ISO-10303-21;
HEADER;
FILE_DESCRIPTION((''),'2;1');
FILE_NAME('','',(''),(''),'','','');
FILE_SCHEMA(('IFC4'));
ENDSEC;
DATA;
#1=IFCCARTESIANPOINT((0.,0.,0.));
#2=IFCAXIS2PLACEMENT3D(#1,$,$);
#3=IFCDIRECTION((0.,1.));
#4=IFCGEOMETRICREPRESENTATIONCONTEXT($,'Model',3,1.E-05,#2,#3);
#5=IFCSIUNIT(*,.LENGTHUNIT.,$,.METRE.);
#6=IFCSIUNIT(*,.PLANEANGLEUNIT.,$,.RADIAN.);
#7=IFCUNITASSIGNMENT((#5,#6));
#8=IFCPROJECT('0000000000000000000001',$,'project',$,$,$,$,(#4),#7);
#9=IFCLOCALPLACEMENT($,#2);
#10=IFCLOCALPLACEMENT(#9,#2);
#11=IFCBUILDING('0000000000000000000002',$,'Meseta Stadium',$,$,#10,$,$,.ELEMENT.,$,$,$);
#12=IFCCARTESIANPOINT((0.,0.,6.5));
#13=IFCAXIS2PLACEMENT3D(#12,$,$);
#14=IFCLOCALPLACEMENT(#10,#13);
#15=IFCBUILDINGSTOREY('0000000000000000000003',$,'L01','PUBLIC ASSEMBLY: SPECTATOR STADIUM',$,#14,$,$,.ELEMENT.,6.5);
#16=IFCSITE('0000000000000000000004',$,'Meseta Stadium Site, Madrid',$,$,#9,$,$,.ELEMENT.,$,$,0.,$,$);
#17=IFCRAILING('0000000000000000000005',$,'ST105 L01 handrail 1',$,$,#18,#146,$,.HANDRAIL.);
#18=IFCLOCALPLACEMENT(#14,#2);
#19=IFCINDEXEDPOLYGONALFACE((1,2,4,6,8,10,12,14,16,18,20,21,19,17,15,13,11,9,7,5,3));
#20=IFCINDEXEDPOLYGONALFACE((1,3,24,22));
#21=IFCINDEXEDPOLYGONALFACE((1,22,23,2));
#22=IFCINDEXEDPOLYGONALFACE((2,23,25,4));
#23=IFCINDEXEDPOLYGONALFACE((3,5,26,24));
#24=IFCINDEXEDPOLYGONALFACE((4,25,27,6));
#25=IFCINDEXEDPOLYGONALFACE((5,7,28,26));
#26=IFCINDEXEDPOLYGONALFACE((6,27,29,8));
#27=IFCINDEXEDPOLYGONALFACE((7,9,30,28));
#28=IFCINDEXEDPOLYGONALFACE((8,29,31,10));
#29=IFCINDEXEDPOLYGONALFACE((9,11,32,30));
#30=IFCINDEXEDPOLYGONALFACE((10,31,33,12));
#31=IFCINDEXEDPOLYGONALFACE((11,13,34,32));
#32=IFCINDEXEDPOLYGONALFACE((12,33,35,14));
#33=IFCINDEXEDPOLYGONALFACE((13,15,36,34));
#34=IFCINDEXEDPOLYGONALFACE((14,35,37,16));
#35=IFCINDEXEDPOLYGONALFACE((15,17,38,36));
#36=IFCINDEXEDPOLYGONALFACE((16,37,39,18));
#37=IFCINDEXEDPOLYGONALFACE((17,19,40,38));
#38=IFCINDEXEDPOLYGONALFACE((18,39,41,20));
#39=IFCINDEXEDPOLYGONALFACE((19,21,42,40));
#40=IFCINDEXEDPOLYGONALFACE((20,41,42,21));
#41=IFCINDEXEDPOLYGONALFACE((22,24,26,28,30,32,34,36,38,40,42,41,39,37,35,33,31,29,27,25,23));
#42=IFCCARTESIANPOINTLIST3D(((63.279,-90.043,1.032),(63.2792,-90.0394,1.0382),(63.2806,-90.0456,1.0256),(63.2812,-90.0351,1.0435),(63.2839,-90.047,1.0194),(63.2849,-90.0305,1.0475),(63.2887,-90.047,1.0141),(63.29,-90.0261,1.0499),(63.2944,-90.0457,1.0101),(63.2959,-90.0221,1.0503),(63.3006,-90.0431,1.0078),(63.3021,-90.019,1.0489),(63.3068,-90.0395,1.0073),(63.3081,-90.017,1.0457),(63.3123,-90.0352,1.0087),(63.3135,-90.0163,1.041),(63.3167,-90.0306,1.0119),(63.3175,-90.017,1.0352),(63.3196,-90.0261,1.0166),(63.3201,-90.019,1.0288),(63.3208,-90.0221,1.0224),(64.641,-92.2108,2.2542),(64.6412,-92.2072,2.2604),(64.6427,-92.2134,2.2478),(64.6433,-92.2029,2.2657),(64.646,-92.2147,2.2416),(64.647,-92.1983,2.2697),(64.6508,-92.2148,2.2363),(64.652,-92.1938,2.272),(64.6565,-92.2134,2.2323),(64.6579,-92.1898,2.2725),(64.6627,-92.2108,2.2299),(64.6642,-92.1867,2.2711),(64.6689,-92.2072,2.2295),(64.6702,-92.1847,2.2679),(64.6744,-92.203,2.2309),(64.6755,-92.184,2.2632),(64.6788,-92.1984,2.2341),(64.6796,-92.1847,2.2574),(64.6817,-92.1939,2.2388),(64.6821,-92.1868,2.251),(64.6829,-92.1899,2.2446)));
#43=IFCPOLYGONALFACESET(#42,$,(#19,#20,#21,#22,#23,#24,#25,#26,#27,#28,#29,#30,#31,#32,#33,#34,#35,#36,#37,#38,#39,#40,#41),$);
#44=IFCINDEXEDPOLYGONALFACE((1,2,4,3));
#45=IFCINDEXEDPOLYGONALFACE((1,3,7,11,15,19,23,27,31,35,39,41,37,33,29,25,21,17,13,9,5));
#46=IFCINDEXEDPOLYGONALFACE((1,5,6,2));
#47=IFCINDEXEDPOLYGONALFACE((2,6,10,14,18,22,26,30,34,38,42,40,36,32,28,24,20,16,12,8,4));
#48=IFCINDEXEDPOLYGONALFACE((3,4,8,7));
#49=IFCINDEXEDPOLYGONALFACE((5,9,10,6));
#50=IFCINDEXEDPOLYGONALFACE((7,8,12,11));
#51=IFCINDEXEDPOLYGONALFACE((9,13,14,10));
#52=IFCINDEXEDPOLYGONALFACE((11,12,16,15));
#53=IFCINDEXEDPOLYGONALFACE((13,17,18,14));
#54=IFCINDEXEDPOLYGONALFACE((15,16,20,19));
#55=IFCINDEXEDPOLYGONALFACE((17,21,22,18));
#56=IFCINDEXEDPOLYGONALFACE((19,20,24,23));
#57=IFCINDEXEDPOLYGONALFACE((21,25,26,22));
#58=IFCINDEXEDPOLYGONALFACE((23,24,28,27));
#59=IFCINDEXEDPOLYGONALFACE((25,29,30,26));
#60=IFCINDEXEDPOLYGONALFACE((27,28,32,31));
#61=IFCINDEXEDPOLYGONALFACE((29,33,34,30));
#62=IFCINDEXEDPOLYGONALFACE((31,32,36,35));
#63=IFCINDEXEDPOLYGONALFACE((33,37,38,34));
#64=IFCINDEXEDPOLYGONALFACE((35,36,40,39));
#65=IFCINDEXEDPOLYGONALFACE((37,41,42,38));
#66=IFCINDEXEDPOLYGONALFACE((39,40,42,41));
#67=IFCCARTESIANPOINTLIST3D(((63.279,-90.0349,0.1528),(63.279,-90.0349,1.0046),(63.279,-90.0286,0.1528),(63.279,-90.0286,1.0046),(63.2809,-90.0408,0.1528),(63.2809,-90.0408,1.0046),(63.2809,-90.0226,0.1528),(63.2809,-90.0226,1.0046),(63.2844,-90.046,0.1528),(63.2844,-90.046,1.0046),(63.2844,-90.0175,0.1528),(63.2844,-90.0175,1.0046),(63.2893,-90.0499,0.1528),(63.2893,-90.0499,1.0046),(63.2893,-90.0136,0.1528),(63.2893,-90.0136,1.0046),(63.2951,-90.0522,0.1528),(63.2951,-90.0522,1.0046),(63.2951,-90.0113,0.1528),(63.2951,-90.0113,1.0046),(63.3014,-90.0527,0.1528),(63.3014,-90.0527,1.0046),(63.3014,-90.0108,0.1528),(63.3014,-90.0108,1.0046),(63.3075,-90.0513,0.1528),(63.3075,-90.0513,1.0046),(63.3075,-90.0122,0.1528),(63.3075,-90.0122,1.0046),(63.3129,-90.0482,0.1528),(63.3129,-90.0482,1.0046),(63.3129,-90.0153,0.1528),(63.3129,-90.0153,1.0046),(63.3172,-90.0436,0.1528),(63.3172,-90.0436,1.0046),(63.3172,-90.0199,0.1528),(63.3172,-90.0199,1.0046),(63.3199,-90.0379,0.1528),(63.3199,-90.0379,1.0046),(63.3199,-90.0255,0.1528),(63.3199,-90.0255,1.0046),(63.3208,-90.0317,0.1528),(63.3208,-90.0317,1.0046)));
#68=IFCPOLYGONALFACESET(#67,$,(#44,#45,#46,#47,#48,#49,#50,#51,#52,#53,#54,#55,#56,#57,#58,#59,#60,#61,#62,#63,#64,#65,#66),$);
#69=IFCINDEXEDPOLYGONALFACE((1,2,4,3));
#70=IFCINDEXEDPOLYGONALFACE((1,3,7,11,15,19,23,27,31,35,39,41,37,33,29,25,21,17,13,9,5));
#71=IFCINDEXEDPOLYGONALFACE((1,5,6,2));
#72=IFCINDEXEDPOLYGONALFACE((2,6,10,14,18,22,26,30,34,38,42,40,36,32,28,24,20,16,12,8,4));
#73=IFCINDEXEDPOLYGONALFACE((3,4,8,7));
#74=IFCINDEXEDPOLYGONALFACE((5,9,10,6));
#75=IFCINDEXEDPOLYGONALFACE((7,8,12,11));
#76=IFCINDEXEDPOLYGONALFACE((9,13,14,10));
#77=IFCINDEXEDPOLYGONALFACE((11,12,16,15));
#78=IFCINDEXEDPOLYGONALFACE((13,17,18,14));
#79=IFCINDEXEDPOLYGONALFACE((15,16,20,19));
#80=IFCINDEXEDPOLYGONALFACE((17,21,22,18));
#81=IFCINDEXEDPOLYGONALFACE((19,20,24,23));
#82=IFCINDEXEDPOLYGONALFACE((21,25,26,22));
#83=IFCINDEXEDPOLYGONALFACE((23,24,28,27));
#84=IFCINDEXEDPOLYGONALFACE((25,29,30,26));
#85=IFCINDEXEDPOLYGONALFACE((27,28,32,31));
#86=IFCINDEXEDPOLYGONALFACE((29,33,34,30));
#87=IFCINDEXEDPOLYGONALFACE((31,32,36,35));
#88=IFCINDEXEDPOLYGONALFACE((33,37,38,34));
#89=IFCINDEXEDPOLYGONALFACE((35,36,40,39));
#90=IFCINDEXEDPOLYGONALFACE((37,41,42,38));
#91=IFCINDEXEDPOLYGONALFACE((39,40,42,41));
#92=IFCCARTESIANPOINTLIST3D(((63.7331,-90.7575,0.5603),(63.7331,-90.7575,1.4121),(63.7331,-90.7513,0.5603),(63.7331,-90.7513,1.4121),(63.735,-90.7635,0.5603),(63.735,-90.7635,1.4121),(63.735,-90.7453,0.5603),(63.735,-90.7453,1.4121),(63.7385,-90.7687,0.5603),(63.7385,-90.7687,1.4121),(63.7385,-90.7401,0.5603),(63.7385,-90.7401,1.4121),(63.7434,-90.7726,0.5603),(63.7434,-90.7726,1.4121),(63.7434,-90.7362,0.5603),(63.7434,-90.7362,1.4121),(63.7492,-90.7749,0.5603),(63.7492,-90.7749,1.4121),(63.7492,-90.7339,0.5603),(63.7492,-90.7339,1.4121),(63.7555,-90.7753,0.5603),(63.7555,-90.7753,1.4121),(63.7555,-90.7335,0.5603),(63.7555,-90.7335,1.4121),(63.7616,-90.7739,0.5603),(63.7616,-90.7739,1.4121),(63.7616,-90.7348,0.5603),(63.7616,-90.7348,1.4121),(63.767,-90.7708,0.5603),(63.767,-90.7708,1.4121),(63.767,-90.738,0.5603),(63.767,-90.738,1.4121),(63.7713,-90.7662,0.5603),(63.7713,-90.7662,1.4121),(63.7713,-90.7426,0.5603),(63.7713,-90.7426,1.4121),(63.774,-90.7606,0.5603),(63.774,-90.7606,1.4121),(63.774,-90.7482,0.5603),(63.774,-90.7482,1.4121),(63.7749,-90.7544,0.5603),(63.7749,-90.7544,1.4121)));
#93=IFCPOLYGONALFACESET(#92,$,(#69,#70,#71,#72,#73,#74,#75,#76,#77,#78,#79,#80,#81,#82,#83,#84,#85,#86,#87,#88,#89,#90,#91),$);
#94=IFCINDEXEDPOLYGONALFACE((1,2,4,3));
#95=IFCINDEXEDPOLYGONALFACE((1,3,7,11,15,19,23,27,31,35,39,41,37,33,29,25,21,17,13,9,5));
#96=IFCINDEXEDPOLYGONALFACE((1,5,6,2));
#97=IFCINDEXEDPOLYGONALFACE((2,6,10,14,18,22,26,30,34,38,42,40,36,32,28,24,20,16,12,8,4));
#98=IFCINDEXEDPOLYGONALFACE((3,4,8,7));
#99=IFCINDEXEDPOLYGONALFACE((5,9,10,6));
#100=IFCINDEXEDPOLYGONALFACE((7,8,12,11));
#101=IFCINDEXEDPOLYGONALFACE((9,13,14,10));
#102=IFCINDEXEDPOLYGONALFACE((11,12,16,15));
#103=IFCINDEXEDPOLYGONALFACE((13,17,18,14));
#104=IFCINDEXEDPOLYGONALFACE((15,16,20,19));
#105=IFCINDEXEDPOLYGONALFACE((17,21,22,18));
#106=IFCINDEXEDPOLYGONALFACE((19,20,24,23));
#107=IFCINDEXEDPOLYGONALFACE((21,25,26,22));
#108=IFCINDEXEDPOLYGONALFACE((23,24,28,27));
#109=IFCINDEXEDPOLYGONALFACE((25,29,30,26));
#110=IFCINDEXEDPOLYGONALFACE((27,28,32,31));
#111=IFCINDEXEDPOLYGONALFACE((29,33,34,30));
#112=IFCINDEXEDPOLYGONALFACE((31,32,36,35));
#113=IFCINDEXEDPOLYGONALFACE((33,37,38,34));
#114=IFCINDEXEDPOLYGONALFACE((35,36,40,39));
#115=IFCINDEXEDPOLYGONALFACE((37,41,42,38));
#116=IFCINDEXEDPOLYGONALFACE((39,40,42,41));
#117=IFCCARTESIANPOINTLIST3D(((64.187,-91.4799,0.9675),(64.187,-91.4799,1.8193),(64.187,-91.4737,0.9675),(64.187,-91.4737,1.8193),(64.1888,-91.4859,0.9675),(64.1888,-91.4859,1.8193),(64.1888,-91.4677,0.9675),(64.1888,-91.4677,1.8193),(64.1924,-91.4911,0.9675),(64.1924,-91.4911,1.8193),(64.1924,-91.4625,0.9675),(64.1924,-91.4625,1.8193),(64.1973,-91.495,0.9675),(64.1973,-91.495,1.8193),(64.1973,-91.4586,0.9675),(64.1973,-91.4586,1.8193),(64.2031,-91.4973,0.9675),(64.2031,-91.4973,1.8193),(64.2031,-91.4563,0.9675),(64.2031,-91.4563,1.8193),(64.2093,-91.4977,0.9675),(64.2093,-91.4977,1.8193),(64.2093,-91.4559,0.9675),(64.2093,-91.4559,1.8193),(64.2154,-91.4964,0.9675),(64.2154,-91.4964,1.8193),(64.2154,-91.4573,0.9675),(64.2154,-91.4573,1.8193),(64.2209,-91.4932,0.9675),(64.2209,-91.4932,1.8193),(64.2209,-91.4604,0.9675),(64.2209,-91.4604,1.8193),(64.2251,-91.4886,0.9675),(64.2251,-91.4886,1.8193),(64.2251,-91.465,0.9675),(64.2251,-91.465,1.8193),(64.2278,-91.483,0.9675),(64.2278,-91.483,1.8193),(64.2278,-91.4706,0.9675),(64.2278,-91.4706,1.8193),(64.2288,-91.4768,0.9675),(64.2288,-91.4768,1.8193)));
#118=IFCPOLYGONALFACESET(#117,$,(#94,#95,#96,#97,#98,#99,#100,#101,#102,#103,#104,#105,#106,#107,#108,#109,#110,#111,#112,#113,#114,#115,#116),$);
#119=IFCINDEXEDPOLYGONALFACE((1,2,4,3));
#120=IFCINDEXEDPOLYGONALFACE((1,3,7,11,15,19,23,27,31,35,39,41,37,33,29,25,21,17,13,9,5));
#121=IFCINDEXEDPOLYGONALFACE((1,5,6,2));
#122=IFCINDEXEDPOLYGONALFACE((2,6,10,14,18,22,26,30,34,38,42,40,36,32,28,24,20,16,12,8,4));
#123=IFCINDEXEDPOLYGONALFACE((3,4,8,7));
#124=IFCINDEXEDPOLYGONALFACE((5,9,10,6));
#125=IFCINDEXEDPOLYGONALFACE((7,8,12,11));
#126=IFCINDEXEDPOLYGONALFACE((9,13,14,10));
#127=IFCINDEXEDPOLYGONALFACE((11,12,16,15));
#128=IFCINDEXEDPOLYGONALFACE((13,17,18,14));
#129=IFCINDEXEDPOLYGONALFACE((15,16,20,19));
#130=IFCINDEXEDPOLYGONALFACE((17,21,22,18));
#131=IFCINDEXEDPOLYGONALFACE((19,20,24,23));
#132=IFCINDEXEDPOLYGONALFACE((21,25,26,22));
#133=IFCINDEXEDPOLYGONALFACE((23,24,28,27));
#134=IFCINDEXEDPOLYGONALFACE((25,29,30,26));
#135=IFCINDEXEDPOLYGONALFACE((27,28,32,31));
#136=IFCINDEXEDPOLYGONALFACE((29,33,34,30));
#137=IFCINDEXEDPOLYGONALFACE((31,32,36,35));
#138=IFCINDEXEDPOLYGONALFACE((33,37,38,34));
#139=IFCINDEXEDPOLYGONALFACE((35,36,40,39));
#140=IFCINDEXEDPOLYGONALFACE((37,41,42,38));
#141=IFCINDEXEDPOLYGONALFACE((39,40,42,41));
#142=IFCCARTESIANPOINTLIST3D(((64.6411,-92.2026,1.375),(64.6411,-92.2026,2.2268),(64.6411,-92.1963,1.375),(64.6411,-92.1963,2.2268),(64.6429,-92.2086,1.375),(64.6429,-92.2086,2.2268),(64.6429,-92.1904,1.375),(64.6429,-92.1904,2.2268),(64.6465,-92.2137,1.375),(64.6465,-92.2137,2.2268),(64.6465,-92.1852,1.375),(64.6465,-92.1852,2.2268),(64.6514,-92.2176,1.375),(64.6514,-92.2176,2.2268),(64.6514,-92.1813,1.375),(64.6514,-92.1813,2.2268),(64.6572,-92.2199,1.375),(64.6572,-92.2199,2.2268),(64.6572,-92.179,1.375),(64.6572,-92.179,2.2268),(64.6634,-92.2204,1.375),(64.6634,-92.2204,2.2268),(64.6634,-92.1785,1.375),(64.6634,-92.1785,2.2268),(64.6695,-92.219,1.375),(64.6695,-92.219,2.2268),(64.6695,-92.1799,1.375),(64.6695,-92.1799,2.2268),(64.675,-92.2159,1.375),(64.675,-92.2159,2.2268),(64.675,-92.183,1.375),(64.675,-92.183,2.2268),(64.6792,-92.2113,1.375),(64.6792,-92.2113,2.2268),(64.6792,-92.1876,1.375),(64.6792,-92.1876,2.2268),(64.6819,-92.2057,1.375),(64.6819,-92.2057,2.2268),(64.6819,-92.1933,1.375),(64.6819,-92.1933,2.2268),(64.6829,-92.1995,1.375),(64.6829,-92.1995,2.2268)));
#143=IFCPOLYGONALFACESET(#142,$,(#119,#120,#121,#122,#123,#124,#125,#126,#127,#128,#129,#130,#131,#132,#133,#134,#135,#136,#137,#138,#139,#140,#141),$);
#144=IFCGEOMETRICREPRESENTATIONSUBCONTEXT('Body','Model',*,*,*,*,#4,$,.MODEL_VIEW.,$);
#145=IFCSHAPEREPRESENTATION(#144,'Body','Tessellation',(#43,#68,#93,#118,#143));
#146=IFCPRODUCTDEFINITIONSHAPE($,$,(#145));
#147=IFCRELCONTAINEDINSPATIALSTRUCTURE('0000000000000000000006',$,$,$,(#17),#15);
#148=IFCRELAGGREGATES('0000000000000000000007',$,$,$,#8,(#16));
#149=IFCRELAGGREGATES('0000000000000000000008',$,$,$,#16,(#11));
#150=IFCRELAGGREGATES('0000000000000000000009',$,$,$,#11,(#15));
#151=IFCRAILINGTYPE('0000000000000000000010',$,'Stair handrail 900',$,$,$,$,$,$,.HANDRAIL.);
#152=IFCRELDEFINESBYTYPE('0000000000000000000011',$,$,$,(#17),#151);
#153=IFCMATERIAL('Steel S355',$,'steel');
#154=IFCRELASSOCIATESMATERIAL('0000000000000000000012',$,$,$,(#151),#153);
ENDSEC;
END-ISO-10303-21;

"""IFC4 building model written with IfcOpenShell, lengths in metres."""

from ifc_helpers import new_model, si_unit, direction, frame, origin, origin_2d, place, context, subcontext, project, spatial, circle, extrude, material, type_object, element, save


model = new_model("IFC4")

# Units and contexts
model_context = context("Model", 3, precision=1e-05, world=origin(), true_north=direction((0.0, 1.0)))
body_context = subcontext(model_context, "Body", "Model", "MODEL_VIEW")
ifc_project = project(units=[si_unit("LENGTHUNIT", "METRE"), si_unit("PLANEANGLEUNIT", "RADIAN")], contexts=[model_context])

# Site, building, storey
site_placement = place(None, origin())
site = spatial("IfcSite", under=ifc_project, at=site_placement, Name="Meseta Stadium Site, Madrid", CompositionType="ELEMENT", RefElevation=0.0)
building_placement = place(site_placement, origin())
building = spatial("IfcBuilding", under=site, at=building_placement, Name="Meseta Stadium", CompositionType="ELEMENT")
storey_placement = place(building_placement, frame((0.0, 0.0, 6.5)))
storey = spatial("IfcBuildingStorey", under=building, at=storey_placement, Name="L01", Description="PUBLIC ASSEMBLY: SPECTATOR STADIUM", CompositionType="ELEMENT", Elevation=6.5)

# Railing
ifc_material_1 = material(Name="Steel S355", Category="steel")
railing_type = type_object("IfcRailingType", Name="Stair handrail 900", PredefinedType="HANDRAIL", material=ifc_material_1)
for number, where, name in (
    (1, (63.2998, -90.0317, 0.1528), "ST105 L01 handrail 1"),
):
    element("IfcRailing", number, at=place(storey_placement, frame(where)), inside=storey, type_object=railing_type, Name=name, PredefinedType="HANDRAIL", context=body_context, shape_type="SweptSolid", body=[
        extrude(circle(Radius=0.0239, at=origin_2d()), frame((0.0, 0.0, 0.876), z_axis=(0.480125, -0.764121, 0.430813), x_axis=(0.846726, 0.532029, 0.0)), (0.0, 0.0, 1.0), 2.8369),
        extrude(circle(Radius=0.021, at=origin_2d()), origin(), (0.0, 0.0, 1.0), 0.8518),
        extrude(circle(Radius=0.021, at=origin_2d()), frame((0.4541, -0.7227, 0.4075)), (0.0, 0.0, 1.0), 0.8518),
        extrude(circle(Radius=0.021, at=origin_2d()), frame((0.908, -1.4451, 0.8147)), (0.0, 0.0, 1.0), 0.8518),
        extrude(circle(Radius=0.021, at=origin_2d()), frame((1.3621, -2.1677, 1.2222)), (0.0, 0.0, 1.0), 0.8518),
    ])

save(model, "model.ifc")
